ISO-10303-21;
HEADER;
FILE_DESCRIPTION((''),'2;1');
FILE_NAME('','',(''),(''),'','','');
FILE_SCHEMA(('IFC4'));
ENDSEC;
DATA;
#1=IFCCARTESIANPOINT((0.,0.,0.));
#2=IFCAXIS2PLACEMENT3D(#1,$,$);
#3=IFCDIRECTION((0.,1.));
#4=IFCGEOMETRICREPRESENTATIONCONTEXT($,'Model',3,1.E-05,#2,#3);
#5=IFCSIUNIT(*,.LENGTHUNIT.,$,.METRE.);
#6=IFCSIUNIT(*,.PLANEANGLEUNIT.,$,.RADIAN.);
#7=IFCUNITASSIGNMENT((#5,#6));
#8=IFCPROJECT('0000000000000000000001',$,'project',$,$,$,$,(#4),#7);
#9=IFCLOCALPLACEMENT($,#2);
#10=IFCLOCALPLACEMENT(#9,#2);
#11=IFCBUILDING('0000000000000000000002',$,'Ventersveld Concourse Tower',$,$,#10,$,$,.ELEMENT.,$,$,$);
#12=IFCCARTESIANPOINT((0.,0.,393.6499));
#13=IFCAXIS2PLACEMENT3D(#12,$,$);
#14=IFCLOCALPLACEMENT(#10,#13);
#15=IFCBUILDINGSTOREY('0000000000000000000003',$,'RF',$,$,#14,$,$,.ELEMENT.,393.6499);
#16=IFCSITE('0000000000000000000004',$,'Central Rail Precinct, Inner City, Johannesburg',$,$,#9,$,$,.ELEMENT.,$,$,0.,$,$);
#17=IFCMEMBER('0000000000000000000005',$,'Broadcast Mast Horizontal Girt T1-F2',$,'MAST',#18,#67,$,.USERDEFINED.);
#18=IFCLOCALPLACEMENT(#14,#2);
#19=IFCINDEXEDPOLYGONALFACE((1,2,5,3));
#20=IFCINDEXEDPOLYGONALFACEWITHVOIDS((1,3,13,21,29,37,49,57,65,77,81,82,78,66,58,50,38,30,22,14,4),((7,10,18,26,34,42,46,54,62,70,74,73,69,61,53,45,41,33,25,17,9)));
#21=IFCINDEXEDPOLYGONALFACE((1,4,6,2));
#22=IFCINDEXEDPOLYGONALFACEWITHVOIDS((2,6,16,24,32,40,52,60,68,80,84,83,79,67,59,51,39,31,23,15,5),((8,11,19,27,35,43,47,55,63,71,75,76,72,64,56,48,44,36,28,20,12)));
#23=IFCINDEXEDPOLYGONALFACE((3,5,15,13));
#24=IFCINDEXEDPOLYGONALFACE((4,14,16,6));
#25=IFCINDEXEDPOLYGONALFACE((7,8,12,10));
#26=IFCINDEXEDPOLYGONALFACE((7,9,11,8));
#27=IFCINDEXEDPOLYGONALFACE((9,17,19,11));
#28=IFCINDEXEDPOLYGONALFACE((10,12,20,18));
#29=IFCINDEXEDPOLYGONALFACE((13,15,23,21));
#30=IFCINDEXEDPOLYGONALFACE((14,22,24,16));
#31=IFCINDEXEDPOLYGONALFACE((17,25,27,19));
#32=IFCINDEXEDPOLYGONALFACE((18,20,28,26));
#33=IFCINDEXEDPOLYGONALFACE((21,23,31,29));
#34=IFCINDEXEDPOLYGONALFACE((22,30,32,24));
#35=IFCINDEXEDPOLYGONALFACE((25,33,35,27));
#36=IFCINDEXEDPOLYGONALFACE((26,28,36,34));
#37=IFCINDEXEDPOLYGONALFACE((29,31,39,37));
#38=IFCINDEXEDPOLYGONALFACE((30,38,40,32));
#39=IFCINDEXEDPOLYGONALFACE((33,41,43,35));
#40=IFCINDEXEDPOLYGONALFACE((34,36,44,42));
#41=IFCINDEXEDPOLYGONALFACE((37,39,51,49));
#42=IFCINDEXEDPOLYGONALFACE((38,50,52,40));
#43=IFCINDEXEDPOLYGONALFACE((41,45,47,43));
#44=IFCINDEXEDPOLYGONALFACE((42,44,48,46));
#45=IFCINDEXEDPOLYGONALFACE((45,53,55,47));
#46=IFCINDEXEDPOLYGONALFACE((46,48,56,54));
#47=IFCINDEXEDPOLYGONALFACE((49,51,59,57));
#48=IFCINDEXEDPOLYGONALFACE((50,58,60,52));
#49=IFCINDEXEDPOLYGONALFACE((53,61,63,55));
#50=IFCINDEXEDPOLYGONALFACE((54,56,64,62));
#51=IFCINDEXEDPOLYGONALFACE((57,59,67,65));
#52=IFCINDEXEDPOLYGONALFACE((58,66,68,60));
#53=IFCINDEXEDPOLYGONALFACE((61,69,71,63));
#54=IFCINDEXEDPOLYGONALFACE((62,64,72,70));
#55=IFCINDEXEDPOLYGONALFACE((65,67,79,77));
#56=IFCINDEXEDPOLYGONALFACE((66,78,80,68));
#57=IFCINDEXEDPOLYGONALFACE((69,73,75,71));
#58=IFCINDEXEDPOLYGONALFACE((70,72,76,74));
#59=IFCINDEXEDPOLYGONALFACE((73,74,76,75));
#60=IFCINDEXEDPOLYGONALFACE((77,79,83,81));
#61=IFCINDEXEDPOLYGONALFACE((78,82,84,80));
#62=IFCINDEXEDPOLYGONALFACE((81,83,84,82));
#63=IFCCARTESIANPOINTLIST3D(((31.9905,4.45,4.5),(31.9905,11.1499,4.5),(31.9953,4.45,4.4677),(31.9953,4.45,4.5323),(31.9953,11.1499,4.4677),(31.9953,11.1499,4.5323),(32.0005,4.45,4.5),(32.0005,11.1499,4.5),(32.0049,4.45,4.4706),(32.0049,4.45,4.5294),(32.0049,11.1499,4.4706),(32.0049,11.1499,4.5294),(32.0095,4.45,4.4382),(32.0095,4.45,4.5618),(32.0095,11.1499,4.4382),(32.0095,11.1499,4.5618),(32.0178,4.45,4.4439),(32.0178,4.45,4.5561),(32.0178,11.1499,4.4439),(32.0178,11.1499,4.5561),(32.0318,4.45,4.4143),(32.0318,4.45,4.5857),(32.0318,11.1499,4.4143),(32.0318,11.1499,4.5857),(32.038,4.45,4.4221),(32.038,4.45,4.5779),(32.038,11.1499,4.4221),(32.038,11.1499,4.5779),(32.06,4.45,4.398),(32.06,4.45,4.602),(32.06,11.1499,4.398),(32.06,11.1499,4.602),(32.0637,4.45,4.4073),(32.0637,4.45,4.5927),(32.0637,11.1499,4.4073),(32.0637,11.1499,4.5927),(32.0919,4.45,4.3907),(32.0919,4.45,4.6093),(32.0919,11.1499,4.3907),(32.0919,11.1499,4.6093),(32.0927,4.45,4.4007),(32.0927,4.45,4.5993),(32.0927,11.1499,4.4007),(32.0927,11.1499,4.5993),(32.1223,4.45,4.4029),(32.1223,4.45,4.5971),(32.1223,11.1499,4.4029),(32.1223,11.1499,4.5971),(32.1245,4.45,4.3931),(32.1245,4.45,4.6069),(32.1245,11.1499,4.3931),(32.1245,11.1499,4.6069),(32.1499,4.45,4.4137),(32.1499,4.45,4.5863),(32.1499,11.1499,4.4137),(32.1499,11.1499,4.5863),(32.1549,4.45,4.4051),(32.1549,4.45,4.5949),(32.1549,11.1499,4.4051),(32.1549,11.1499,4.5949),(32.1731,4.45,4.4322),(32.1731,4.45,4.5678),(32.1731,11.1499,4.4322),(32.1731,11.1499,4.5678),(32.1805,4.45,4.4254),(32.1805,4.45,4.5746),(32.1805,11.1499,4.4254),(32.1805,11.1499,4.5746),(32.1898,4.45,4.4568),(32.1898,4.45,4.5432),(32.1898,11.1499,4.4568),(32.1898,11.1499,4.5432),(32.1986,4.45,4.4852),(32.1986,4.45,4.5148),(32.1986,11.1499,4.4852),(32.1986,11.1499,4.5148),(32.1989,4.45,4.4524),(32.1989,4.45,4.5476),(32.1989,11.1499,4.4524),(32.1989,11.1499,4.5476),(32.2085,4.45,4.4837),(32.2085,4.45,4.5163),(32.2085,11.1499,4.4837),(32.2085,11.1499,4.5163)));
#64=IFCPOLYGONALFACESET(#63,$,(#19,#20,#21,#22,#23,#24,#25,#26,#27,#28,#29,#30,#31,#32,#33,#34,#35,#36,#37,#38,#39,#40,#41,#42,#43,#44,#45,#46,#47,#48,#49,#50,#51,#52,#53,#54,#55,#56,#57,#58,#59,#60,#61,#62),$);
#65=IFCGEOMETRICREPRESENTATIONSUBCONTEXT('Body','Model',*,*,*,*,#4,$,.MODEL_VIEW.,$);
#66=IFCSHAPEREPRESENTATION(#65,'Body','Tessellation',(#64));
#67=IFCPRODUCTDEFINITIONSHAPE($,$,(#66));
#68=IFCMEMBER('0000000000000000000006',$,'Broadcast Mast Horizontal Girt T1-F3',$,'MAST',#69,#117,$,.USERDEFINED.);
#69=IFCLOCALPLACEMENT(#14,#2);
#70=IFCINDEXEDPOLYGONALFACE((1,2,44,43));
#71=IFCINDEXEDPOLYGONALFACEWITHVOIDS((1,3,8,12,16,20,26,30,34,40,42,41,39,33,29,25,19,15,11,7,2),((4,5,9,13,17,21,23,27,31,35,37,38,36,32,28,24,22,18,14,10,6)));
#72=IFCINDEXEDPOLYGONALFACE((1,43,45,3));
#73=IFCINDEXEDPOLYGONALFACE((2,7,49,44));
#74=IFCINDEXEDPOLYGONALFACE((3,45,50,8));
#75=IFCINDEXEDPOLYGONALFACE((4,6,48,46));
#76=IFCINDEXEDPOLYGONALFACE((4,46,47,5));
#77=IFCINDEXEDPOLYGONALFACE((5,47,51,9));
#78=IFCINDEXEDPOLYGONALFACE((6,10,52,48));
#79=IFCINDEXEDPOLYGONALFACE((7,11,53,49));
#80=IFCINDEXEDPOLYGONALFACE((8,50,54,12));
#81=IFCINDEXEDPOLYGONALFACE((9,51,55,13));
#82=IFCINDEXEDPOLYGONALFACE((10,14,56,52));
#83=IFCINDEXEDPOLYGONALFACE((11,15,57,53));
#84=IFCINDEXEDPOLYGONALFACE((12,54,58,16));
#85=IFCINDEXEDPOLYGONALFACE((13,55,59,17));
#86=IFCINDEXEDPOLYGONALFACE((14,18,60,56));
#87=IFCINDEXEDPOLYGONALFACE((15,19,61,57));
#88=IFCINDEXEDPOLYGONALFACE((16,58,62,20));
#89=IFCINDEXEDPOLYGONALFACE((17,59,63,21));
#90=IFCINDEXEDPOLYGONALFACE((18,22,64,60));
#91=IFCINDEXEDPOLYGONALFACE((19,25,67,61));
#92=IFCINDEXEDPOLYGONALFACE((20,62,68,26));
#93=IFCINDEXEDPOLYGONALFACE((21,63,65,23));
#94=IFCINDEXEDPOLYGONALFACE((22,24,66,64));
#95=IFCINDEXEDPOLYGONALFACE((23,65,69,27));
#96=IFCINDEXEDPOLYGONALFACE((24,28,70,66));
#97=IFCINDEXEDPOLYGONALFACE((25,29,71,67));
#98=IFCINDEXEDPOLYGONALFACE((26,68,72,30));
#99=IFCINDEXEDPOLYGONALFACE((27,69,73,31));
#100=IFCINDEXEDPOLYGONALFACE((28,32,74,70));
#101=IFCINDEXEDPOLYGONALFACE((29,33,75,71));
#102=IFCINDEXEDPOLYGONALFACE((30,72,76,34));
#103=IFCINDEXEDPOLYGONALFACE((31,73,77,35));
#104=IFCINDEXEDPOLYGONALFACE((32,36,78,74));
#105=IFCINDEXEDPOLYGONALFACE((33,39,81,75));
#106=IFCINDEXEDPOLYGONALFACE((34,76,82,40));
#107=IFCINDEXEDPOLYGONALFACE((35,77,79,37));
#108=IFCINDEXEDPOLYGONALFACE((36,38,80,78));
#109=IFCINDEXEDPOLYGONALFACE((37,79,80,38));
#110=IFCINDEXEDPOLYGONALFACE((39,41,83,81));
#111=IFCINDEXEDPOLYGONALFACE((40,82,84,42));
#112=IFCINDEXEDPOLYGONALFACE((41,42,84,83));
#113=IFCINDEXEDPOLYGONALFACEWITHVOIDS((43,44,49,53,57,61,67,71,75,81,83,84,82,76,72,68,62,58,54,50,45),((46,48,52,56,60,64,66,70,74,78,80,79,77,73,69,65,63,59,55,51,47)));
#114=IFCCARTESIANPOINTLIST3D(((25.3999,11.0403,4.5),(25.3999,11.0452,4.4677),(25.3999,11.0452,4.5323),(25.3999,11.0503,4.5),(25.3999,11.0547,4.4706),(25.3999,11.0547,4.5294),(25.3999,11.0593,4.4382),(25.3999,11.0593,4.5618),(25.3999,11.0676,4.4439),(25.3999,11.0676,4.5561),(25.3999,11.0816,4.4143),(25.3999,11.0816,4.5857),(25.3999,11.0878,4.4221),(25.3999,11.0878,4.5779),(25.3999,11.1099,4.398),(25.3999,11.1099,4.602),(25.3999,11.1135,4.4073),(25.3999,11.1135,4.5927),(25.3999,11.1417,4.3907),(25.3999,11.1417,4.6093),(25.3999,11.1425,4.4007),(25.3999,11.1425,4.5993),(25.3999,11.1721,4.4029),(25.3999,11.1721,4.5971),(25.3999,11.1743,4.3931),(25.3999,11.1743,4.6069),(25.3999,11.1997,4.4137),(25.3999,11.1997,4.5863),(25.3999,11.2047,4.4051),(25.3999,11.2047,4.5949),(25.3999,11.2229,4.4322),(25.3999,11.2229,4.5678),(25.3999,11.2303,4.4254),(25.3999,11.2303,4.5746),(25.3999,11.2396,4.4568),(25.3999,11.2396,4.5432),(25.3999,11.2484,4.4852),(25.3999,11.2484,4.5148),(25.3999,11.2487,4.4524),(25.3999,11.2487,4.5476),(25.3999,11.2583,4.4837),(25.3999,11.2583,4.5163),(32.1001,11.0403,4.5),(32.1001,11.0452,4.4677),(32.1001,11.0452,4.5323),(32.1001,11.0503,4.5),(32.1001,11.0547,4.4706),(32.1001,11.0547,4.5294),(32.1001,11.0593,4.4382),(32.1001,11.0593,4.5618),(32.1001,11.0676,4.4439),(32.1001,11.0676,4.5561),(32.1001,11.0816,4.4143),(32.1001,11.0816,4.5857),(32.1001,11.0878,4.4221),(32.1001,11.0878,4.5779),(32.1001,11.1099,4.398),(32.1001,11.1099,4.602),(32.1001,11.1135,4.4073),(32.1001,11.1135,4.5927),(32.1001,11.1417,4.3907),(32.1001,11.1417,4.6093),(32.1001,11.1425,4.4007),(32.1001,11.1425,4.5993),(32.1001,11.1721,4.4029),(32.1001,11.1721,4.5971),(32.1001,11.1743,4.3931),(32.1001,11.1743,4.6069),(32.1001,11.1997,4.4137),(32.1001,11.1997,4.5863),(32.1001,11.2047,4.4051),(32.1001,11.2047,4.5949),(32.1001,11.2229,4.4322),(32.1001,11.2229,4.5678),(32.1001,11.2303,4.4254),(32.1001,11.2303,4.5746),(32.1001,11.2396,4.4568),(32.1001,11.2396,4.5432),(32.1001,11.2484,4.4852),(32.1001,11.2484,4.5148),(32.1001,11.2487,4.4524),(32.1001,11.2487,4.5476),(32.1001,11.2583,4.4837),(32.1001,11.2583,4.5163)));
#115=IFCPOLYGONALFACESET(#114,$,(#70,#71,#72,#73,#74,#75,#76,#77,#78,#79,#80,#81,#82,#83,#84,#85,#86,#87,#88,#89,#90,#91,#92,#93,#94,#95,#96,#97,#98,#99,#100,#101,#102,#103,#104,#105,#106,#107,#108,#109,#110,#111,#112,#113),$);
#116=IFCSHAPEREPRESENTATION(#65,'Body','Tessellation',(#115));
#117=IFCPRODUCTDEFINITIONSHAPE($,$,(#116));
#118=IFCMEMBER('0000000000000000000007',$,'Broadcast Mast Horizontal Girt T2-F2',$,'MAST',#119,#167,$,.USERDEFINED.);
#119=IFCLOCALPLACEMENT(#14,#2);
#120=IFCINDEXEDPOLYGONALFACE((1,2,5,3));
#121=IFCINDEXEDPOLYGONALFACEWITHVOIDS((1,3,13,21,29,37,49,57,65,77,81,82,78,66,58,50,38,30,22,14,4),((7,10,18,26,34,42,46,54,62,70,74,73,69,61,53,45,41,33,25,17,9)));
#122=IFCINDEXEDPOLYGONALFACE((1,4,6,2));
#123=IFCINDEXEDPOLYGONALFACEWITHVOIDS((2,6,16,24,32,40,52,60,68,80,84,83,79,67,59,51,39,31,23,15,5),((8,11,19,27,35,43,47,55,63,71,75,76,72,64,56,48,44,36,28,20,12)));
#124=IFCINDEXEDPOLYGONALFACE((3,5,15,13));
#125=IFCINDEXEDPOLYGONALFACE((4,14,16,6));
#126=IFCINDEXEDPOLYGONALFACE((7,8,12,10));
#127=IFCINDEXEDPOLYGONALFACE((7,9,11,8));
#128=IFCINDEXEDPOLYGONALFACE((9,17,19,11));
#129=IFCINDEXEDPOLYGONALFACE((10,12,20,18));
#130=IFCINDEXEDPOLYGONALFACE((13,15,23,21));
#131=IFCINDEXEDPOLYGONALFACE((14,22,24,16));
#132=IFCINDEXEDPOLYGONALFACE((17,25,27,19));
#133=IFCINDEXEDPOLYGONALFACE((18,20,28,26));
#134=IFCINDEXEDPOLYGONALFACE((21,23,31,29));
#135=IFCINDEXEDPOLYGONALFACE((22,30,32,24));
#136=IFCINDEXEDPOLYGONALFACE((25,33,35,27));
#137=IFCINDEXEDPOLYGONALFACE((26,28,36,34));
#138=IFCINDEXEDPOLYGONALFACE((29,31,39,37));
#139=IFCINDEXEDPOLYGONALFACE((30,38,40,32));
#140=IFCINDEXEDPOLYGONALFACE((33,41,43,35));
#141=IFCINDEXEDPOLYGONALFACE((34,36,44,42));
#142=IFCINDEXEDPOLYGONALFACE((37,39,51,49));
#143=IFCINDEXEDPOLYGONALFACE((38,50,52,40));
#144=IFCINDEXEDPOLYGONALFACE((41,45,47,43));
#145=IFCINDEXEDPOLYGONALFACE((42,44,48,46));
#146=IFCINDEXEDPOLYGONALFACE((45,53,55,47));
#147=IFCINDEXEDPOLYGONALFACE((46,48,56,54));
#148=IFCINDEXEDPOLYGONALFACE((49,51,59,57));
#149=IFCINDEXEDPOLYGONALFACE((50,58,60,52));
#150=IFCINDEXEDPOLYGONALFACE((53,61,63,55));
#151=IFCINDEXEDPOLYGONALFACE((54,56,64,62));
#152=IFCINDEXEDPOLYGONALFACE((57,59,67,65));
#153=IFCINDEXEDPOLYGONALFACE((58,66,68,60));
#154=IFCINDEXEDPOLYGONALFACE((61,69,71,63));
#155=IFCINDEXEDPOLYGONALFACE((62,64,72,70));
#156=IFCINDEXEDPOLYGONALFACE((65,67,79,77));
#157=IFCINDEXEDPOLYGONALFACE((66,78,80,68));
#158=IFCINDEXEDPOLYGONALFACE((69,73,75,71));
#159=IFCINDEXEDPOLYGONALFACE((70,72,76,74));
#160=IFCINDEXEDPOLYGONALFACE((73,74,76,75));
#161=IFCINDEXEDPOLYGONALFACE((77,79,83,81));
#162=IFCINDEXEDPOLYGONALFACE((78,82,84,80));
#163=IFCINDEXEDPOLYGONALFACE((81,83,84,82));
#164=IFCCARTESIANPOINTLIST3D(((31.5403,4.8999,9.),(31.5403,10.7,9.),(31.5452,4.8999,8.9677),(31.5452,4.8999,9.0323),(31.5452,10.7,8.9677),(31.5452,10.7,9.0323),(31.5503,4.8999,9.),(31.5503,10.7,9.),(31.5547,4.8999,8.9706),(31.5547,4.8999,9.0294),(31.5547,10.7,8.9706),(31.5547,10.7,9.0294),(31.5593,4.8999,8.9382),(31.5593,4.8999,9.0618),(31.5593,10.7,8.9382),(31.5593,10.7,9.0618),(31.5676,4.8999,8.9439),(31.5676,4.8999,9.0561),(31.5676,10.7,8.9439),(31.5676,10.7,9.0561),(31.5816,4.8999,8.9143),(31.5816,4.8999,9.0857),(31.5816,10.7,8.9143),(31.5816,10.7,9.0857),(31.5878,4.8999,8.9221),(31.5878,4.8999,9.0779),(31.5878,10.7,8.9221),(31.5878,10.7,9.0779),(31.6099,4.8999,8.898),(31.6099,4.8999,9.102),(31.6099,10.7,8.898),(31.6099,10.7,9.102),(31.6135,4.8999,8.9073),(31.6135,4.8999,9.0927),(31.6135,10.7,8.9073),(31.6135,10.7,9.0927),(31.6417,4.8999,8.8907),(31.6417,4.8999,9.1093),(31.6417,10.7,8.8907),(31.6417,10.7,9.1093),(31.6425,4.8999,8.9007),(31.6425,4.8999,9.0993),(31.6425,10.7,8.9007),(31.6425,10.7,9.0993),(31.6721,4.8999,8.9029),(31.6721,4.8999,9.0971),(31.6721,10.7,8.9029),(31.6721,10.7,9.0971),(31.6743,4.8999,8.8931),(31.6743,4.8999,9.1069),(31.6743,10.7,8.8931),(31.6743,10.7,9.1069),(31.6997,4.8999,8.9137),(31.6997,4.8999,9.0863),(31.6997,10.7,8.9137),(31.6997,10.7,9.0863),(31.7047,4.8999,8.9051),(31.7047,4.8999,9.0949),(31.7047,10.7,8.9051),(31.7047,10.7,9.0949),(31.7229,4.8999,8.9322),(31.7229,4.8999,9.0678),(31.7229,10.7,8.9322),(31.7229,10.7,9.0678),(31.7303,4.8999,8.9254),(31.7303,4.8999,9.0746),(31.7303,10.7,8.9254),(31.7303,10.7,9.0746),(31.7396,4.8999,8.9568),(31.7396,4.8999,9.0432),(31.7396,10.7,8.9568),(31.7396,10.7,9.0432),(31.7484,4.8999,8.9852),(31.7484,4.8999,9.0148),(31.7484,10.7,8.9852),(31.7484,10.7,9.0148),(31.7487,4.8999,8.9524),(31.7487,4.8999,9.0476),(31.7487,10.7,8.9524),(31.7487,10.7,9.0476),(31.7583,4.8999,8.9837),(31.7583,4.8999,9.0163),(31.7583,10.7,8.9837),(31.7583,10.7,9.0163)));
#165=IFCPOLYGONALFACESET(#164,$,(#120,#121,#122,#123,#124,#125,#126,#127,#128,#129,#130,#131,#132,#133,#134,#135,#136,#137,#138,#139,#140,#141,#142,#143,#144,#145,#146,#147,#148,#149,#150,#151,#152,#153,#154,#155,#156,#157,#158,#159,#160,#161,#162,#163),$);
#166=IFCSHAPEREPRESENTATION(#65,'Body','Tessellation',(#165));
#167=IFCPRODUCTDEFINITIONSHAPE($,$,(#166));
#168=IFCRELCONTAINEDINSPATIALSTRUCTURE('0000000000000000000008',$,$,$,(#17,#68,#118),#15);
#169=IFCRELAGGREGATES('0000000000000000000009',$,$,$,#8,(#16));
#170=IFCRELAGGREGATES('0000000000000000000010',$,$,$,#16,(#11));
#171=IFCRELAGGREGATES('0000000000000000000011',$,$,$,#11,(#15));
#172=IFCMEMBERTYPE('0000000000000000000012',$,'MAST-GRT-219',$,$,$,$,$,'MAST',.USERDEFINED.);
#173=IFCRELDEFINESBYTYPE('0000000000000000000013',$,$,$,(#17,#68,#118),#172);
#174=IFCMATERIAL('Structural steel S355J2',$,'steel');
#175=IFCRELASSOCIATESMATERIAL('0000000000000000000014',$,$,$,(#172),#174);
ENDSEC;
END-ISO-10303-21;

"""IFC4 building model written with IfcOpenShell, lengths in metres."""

from ifc_helpers import new_model, si_unit, direction, frame, origin, origin_2d, place, context, subcontext, project, spatial, hollow_circle, extrude, material, material_profile, profile_set, type_object, element, save


model = new_model("IFC4")

# Units and contexts
model_context = context("Model", 3, precision=1e-05, world=origin(), true_north=direction((0.0, 1.0)))
body_context = subcontext(model_context, "Body", "Model", "MODEL_VIEW")
ifc_project = project(units=[si_unit("LENGTHUNIT", "METRE"), si_unit("PLANEANGLEUNIT", "RADIAN")], contexts=[model_context])

# Site, building, storey
site_placement = place(None, origin())
site = spatial("IfcSite", under=ifc_project, at=site_placement, Name="Central Rail Precinct, Inner City, Johannesburg", CompositionType="ELEMENT", RefElevation=0.0)
building_placement = place(site_placement, origin())
building = spatial("IfcBuilding", under=site, at=building_placement, Name="Ventersveld Concourse Tower", CompositionType="ELEMENT")
storey_placement = place(building_placement, frame((0.0, 0.0, 393.6499)))
storey = spatial("IfcBuildingStorey", under=building, at=storey_placement, Name="RF", CompositionType="ELEMENT", Elevation=393.6499)

# Members
ifc_material_1 = material(Name="Structural steel S355J2", Category="steel")
ifc_material_profile_1 = material_profile(ifc_material_1, hollow_circle(Radius=0.1096, WallThickness=0.01, at=origin_2d()), Name="CHS 219.1x10")
ifc_profile_set_1 = profile_set([ifc_material_profile_1], Name="Structural steel S355J2")
member_type_1 = type_object("IfcMemberType", Name="MAST-GRT-219", ElementType="MAST", PredefinedType="USERDEFINED", material=ifc_profile_set_1)
member_1_placement = place(storey_placement, frame((32.1001, 4.45, 4.5), z_axis=(0.0, 1.0, 0.0), x_axis=(-1.0, 0.0, 0.0)))
element("IfcMember", 1, at=member_1_placement, inside=storey, type_object=member_type_1, Name="Broadcast Mast Horizontal Girt T1-F2", ObjectType="MAST", PredefinedType="USERDEFINED", context=body_context, shape_type="SweptSolid", body=[
    extrude(hollow_circle(Radius=0.1096, WallThickness=0.01, at=origin_2d()), origin(), (0.0, 0.0, 1.0), 6.7),
])
member_2_placement = place(storey_placement, frame((32.1001, 11.1499, 4.5), z_axis=(-1.0, 0.0, 0.0), x_axis=(0.0, -1.0, 0.0)))
element("IfcMember", 2, at=member_2_placement, inside=storey, type_object=member_type_1, Name="Broadcast Mast Horizontal Girt T1-F3", ObjectType="MAST", PredefinedType="USERDEFINED", context=body_context, shape_type="SweptSolid", body=[
    extrude(hollow_circle(Radius=0.1096, WallThickness=0.01, at=origin_2d()), origin(), (0.0, 0.0, 1.0), 6.7002),
])
member_3_placement = place(storey_placement, frame((31.6499, 4.8999, 9.0), z_axis=(0.0, 1.0, 0.0), x_axis=(-1.0, 0.0, 0.0)))
element("IfcMember", 3, at=member_3_placement, inside=storey, type_object=member_type_1, Name="Broadcast Mast Horizontal Girt T2-F2", ObjectType="MAST", PredefinedType="USERDEFINED", context=body_context, shape_type="SweptSolid", body=[
    extrude(hollow_circle(Radius=0.1096, WallThickness=0.01, at=origin_2d()), origin(), (0.0, 0.0, 1.0), 5.8),
])

save(model, "model.ifc")
